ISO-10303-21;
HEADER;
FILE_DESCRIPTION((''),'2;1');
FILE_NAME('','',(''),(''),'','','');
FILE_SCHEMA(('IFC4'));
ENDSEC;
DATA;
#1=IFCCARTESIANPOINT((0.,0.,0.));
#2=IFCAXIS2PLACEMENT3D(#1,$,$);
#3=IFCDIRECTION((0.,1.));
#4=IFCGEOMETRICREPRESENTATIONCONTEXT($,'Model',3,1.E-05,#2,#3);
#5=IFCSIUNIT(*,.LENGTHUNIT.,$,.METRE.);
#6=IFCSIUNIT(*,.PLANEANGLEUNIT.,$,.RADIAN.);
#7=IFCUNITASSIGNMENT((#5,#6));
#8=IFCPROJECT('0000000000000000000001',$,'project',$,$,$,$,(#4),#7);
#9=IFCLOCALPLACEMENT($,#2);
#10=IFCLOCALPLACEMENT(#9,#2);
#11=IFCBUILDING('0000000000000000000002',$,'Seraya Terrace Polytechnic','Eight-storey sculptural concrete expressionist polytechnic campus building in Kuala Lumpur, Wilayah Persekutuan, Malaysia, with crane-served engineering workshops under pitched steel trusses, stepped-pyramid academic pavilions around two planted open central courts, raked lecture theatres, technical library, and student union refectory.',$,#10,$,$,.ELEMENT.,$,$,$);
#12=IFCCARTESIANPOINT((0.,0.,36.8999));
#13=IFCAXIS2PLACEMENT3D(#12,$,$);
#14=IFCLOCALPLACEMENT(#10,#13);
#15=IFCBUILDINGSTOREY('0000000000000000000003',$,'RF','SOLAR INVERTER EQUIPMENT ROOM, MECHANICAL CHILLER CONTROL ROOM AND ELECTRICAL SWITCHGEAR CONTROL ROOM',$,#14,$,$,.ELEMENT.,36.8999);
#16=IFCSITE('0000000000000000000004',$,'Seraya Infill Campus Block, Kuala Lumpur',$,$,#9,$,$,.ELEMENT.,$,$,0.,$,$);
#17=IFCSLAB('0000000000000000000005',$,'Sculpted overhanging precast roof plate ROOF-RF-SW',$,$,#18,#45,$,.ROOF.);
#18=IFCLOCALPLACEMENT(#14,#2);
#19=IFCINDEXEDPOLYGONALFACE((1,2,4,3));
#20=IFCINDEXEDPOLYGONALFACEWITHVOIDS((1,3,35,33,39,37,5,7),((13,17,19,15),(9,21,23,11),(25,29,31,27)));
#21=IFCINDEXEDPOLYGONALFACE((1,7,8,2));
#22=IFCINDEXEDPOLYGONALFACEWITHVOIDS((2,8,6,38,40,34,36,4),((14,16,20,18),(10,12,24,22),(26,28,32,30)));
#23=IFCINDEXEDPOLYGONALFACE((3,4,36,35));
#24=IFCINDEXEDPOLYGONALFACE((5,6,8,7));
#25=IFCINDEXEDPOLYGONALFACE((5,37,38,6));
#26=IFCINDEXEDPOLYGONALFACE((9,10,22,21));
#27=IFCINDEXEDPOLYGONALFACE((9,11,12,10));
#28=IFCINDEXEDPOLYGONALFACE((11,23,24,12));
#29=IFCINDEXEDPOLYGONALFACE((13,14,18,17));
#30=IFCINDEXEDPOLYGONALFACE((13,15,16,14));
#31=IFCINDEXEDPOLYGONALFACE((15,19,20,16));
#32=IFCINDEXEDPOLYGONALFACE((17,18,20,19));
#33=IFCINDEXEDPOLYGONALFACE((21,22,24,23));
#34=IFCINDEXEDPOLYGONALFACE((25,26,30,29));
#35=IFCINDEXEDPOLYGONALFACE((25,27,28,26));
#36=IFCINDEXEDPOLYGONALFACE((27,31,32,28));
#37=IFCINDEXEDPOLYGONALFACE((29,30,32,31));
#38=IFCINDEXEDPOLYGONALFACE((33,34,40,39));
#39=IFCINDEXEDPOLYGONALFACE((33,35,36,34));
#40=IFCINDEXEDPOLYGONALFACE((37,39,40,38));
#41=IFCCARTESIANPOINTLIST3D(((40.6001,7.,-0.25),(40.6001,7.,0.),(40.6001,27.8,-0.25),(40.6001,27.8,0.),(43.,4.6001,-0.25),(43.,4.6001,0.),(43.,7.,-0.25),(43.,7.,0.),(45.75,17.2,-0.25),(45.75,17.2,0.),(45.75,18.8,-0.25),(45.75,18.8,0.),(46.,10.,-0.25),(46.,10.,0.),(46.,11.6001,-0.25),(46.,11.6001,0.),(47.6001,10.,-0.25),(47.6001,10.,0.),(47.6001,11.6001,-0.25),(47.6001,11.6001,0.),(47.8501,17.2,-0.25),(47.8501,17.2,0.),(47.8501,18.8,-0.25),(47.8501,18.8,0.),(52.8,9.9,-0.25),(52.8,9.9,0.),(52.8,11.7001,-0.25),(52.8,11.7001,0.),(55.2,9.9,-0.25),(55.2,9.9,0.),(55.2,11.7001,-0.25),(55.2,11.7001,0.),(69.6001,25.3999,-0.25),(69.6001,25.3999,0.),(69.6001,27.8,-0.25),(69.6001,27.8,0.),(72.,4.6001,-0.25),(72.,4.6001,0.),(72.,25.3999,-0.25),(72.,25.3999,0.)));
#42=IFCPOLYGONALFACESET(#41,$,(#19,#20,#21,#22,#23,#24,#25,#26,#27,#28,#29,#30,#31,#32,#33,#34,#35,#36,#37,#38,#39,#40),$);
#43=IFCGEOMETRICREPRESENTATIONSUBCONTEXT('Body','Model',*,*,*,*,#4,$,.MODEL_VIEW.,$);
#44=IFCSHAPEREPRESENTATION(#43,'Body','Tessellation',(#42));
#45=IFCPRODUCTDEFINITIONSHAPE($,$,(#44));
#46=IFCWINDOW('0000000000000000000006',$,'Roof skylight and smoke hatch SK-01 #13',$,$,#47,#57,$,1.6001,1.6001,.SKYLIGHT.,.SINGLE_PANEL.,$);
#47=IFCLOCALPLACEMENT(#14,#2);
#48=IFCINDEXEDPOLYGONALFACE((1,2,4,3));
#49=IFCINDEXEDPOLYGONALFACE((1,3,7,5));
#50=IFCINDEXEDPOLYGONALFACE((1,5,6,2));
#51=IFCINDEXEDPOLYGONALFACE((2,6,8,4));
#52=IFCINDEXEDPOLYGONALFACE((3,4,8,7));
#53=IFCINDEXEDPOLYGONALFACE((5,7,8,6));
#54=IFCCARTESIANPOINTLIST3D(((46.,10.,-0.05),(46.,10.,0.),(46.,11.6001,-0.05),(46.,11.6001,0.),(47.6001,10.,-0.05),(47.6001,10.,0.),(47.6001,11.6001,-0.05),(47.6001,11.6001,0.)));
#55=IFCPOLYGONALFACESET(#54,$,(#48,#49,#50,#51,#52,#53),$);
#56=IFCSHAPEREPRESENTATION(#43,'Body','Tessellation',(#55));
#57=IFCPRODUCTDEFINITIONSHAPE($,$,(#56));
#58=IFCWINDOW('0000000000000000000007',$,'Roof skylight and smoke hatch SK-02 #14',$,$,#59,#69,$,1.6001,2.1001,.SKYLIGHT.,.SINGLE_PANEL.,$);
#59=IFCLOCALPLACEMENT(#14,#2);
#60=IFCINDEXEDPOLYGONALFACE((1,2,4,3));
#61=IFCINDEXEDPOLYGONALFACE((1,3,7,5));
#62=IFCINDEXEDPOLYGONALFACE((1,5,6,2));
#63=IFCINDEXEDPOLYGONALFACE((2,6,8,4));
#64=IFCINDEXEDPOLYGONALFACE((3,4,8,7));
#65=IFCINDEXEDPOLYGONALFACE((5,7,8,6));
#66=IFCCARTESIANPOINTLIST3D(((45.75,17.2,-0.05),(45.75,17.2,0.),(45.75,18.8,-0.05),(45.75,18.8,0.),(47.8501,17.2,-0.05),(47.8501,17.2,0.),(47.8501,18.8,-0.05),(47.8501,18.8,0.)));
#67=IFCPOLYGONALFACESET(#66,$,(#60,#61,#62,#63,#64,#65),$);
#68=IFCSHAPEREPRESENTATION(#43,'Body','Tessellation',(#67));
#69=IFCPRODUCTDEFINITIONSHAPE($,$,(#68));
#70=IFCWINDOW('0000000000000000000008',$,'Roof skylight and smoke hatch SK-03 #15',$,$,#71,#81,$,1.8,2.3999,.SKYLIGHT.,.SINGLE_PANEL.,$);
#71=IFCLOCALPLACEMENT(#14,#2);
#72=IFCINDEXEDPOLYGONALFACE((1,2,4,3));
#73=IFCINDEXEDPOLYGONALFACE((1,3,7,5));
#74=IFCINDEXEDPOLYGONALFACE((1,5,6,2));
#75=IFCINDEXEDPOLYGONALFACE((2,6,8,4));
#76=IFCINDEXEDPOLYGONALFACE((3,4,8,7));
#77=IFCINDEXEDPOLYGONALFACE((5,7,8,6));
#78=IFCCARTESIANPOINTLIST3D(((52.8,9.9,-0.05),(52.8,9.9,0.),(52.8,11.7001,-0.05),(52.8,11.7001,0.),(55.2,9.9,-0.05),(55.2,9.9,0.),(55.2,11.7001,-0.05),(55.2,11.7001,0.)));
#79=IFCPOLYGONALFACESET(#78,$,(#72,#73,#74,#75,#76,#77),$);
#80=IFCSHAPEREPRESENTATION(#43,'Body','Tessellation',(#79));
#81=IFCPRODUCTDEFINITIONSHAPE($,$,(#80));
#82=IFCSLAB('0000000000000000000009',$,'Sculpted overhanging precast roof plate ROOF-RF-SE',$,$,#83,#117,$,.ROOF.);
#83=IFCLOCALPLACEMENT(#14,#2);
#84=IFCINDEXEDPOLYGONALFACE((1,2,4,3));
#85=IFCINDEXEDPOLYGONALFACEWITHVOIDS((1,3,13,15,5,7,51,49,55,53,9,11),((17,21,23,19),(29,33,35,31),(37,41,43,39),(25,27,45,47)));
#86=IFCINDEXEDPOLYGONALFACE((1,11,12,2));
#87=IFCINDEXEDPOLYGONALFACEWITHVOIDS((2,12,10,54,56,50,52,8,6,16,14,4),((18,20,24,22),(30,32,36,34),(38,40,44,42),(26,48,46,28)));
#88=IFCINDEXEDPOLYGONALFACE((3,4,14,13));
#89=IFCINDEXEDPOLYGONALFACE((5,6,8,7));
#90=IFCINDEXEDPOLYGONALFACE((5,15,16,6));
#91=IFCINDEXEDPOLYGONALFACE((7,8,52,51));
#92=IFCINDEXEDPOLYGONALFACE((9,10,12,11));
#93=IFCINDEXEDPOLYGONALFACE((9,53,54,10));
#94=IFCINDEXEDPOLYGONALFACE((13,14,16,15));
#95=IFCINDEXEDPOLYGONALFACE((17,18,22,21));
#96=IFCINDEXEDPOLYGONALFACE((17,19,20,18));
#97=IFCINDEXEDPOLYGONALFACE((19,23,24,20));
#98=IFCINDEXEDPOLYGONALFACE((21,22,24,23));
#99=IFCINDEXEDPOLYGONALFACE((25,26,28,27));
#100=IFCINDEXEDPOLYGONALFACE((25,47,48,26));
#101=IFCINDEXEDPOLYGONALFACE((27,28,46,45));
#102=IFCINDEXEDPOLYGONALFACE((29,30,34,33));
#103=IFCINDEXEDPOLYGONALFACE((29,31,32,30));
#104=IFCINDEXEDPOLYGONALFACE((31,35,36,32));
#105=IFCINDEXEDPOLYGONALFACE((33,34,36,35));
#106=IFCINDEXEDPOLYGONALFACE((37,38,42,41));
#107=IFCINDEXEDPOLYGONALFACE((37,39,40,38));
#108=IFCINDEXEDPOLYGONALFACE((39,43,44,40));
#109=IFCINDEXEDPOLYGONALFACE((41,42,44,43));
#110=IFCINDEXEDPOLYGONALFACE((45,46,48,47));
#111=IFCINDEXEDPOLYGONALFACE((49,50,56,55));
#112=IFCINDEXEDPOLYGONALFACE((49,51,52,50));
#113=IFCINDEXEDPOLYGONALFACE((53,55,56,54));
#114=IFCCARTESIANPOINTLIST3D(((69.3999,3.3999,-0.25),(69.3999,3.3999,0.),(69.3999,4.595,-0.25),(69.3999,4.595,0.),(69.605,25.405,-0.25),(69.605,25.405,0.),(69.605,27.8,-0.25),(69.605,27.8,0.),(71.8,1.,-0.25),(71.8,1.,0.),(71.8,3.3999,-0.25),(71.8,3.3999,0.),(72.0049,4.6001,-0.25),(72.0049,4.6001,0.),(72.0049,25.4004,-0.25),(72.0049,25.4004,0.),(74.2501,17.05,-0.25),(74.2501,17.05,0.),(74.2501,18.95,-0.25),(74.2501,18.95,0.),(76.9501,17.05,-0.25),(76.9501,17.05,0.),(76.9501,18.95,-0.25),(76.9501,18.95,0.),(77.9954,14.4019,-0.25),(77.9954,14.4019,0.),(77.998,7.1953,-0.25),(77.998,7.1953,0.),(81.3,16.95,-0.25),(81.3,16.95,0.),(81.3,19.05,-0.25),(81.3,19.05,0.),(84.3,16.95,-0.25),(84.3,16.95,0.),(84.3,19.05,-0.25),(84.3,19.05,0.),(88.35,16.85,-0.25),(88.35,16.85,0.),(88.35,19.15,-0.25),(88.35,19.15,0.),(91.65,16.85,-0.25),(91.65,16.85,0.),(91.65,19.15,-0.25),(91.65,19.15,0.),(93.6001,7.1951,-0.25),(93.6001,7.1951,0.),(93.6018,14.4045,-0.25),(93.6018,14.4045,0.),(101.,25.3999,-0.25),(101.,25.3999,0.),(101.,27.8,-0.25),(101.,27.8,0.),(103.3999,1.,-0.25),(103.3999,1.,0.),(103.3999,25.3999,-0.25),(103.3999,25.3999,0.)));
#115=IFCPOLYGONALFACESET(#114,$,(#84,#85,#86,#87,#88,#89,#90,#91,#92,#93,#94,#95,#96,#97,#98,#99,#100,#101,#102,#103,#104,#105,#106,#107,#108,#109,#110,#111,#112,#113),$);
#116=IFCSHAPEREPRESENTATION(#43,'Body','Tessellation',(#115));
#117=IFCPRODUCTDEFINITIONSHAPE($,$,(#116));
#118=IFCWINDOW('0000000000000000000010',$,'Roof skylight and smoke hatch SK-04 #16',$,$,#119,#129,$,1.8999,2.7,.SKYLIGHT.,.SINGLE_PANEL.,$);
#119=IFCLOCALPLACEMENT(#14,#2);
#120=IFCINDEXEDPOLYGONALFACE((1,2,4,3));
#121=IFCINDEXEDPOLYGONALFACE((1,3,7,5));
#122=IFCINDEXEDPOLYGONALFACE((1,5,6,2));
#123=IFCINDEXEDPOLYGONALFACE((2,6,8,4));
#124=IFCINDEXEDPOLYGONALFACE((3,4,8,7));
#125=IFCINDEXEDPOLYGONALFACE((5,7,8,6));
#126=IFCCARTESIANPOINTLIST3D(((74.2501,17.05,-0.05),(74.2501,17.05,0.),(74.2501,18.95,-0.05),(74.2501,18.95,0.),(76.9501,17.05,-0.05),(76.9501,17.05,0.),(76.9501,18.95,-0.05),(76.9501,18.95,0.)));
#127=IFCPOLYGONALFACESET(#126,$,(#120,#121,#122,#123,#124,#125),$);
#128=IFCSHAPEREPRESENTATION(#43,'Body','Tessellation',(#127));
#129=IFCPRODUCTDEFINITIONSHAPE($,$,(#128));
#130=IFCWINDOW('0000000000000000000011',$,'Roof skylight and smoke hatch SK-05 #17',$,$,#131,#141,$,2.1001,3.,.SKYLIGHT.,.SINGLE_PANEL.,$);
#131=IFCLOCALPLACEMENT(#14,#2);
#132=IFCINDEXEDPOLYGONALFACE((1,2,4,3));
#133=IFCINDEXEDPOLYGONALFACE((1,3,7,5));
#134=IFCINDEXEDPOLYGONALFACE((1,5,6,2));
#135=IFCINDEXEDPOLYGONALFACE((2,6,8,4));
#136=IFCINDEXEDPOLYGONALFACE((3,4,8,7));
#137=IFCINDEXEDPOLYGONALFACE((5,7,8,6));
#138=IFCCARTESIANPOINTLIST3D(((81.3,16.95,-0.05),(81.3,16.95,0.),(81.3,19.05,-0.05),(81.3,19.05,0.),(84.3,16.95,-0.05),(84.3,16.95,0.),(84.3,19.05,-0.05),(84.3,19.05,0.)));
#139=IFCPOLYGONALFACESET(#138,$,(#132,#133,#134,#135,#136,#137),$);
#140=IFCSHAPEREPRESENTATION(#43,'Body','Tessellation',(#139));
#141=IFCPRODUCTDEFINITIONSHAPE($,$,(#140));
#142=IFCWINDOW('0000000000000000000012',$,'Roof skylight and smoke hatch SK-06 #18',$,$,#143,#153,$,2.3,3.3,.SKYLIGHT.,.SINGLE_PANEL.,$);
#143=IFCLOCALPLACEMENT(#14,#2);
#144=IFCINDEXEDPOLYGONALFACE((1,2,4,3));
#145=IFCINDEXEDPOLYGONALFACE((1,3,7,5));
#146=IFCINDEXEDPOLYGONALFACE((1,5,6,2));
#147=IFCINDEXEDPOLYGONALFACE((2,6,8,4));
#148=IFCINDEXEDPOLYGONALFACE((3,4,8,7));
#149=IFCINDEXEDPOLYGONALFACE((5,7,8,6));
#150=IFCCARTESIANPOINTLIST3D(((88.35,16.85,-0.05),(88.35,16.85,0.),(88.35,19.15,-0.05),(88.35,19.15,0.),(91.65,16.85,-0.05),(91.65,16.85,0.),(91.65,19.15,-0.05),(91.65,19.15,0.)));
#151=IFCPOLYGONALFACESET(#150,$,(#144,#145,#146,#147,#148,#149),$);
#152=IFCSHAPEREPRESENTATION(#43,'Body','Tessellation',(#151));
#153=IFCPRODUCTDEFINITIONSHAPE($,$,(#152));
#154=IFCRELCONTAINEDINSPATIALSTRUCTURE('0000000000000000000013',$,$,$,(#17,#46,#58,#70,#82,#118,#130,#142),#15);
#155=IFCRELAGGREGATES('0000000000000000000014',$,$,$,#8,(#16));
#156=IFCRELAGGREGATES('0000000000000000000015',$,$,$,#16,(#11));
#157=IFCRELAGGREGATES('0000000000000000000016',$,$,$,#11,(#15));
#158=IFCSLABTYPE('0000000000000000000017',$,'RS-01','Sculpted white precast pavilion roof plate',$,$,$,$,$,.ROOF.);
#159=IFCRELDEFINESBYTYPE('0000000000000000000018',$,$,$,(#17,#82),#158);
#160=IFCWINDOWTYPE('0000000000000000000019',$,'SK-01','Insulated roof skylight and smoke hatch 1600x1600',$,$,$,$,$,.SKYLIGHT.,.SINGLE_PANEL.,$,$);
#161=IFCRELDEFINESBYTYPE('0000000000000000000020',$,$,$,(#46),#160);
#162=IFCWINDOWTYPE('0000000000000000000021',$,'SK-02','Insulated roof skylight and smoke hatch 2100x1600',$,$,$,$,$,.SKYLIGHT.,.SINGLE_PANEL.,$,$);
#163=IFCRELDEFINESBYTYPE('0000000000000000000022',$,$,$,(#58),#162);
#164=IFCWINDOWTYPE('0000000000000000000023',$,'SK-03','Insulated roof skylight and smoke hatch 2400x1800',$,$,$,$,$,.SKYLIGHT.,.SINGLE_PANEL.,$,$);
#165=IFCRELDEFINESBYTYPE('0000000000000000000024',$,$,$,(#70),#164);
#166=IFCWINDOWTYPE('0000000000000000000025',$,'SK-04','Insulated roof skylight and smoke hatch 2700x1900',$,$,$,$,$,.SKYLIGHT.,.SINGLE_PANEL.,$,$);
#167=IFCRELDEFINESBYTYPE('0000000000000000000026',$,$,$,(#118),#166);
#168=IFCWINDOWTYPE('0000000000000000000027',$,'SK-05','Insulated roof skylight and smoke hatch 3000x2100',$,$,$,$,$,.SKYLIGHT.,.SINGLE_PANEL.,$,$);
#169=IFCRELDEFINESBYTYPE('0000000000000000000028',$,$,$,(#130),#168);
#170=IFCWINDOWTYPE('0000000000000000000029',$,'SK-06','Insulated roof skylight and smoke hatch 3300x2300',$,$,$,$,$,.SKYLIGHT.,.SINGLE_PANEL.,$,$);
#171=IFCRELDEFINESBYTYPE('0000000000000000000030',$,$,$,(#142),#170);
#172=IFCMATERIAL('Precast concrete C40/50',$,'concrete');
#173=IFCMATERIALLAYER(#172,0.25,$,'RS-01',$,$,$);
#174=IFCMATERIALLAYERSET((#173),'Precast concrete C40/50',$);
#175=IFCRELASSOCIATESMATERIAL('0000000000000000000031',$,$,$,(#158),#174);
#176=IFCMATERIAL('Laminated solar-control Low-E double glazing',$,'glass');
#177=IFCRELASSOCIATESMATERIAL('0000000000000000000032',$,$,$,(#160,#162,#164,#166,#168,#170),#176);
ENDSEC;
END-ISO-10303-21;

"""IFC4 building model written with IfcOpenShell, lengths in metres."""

from ifc_helpers import new_model, si_unit, direction, frame, origin, origin_2d, place, context, subcontext, project, spatial, polyline, rectangle, outline, extrude, material, layer, layer_set, type_object, element, fill, save


model = new_model("IFC4")

# Units and contexts
model_context = context("Model", 3, precision=1e-05, world=origin(), true_north=direction((0.0, 1.0)))
body_context = subcontext(model_context, "Body", "Model", "MODEL_VIEW")
ifc_project = project(units=[si_unit("LENGTHUNIT", "METRE"), si_unit("PLANEANGLEUNIT", "RADIAN")], contexts=[model_context])

# Site, building, storey
site_placement = place(None, origin())
site = spatial("IfcSite", under=ifc_project, at=site_placement, Name="Seraya Infill Campus Block, Kuala Lumpur", CompositionType="ELEMENT", RefElevation=0.0)
building_placement = place(site_placement, origin())
building = spatial("IfcBuilding", under=site, at=building_placement, Name="Seraya Terrace Polytechnic", Description="Eight-storey sculptural concrete expressionist polytechnic campus building in Kuala Lumpur, Wilayah Persekutuan, Malaysia, with crane-served engineering workshops under pitched steel trusses, stepped-pyramid academic pavilions around two planted open central courts, raked lecture theatres, technical library, and student union refectory.", CompositionType="ELEMENT")
storey_placement = place(building_placement, frame((0.0, 0.0, 36.8999)))
storey = spatial("IfcBuildingStorey", under=building, at=storey_placement, Name="RF", Description="SOLAR INVERTER EQUIPMENT ROOM, MECHANICAL CHILLER CONTROL ROOM AND ELECTRICAL SWITCHGEAR CONTROL ROOM", CompositionType="ELEMENT", Elevation=36.8999)

# Slabs, openings, windows
ifc_material_1 = material(Name="Precast concrete C40/50", Category="concrete")
ifc_layer_1 = layer(ifc_material_1, 0.25, Name="RS-01")
ifc_layer_set_1 = layer_set([ifc_layer_1], Name="Precast concrete C40/50")
slab_type_1 = type_object("IfcSlabType", Name="RS-01", Description="Sculpted white precast pavilion roof plate", PredefinedType="ROOF", material=ifc_layer_set_1)
slab_1_placement = place(storey_placement, frame((0.0, 0.0, -0.25)))
slab_1 = element("IfcSlab", 1, at=slab_1_placement, inside=storey, type_object=slab_type_1, Name="Sculpted overhanging precast roof plate ROOF-RF-SW", PredefinedType="ROOF", context=body_context, shape_type="SweptSolid", body=[
    extrude(outline(polyline([(43.0, 7.0), (40.6001, 7.0), (40.6001, 27.8), (69.6001, 27.8), (69.6001, 25.3999), (72.0, 25.3999), (72.0, 4.6001), (43.0, 4.6001), (43.0, 7.0)])), origin(), (0.0, 0.0, 1.0), 0.25),
])
opening_1_placement = place(slab_1_placement, frame((46.8, 10.8, -0.012)))
opening_1 = element("IfcOpeningElement", 2, at=opening_1_placement, cuts=slab_1, PredefinedType="OPENING", context=body_context, shape_type="SweptSolid", body=[
    extrude(rectangle(XDim=1.6001, YDim=1.6001, at=origin_2d()), origin(), (0.0, 0.0, 1.0), 0.2739),
])
opening_2_placement = place(slab_1_placement, frame((46.8, 18.0, -0.012)))
opening_2 = element("IfcOpeningElement", 3, at=opening_2_placement, cuts=slab_1, PredefinedType="OPENING", context=body_context, shape_type="SweptSolid", body=[
    extrude(rectangle(XDim=2.1001, YDim=1.6001, at=origin_2d()), origin(), (0.0, 0.0, 1.0), 0.2739),
])
opening_3_placement = place(slab_1_placement, frame((54.0, 10.8, -0.012)))
opening_3 = element("IfcOpeningElement", 4, at=opening_3_placement, cuts=slab_1, PredefinedType="OPENING", context=body_context, shape_type="SweptSolid", body=[
    extrude(rectangle(XDim=2.3999, YDim=1.8, at=origin_2d()), origin(), (0.0, 0.0, 1.0), 0.2739),
])
ifc_material_2 = material(Name="Laminated solar-control Low-E double glazing", Category="glass")
window_type_1 = type_object("IfcWindowType", Name="SK-01", Description="Insulated roof skylight and smoke hatch 1600x1600", PartitioningType="SINGLE_PANEL", PredefinedType="SKYLIGHT", material=ifc_material_2)
window_1_placement = place(slab_1_placement, frame((46.8, 10.8, 0.2)))
window_1 = element("IfcWindow", 5, at=window_1_placement, inside=storey, type_object=window_type_1, Name="Roof skylight and smoke hatch SK-01 #13", OverallHeight=1.6001, OverallWidth=1.6001, PartitioningType="SINGLE_PANEL", PredefinedType="SKYLIGHT", context=body_context, shape_type="SweptSolid", body=[
    extrude(rectangle(XDim=1.6001, YDim=1.6001, at=origin_2d()), origin(), (0.0, 0.0, 1.0), 0.05),
])
fill(opening_1, window_1)
window_type_2 = type_object("IfcWindowType", Name="SK-02", Description="Insulated roof skylight and smoke hatch 2100x1600", PartitioningType="SINGLE_PANEL", PredefinedType="SKYLIGHT", material=ifc_material_2)
window_2_placement = place(slab_1_placement, frame((46.8, 18.0, 0.2)))
window_2 = element("IfcWindow", 6, at=window_2_placement, inside=storey, type_object=window_type_2, Name="Roof skylight and smoke hatch SK-02 #14", OverallHeight=1.6001, OverallWidth=2.1001, PartitioningType="SINGLE_PANEL", PredefinedType="SKYLIGHT", context=body_context, shape_type="SweptSolid", body=[
    extrude(rectangle(XDim=2.1001, YDim=1.6001, at=origin_2d()), origin(), (0.0, 0.0, 1.0), 0.05),
])
fill(opening_2, window_2)
window_type_3 = type_object("IfcWindowType", Name="SK-03", Description="Insulated roof skylight and smoke hatch 2400x1800", PartitioningType="SINGLE_PANEL", PredefinedType="SKYLIGHT", material=ifc_material_2)
window_3_placement = place(slab_1_placement, frame((54.0, 10.8, 0.2)))
window_3 = element("IfcWindow", 7, at=window_3_placement, inside=storey, type_object=window_type_3, Name="Roof skylight and smoke hatch SK-03 #15", OverallHeight=1.8, OverallWidth=2.3999, PartitioningType="SINGLE_PANEL", PredefinedType="SKYLIGHT", context=body_context, shape_type="SweptSolid", body=[
    extrude(rectangle(XDim=2.3999, YDim=1.8, at=origin_2d()), origin(), (0.0, 0.0, 1.0), 0.05),
])
fill(opening_3, window_3)
slab_2_placement = place(storey_placement, frame((0.0, 0.0, -0.25)))
slab_2 = element("IfcSlab", 8, at=slab_2_placement, inside=storey, type_object=slab_type_1, Name="Sculpted overhanging precast roof plate ROOF-RF-SE", PredefinedType="ROOF", context=body_context, shape_type="SweptSolid", body=[
    extrude(outline(polyline([(101.0, 27.8), (101.0, 25.3999), (103.3999, 25.3999), (103.3999, 1.0), (71.8, 1.0), (71.8, 3.3999), (69.3999, 3.3999), (69.3999, 4.595), (72.0049, 4.6001), (72.0049, 25.4004), (69.605, 25.405), (69.605, 27.8), (101.0, 27.8)]), holes=[polyline([(93.6001, 7.1951), (93.6018, 14.4045), (77.9954, 14.4019), (77.998, 7.1953), (93.6001, 7.1951)])]), origin(), (0.0, 0.0, 1.0), 0.25),
])
opening_4_placement = place(slab_2_placement, frame((75.6001, 18.0, -0.012)))
opening_4 = element("IfcOpeningElement", 9, at=opening_4_placement, cuts=slab_2, PredefinedType="OPENING", context=body_context, shape_type="SweptSolid", body=[
    extrude(rectangle(XDim=2.7, YDim=1.8999, at=origin_2d()), origin(), (0.0, 0.0, 1.0), 0.2739),
])
opening_5_placement = place(slab_2_placement, frame((82.8, 18.0, -0.012)))
opening_5 = element("IfcOpeningElement", 10, at=opening_5_placement, cuts=slab_2, PredefinedType="OPENING", context=body_context, shape_type="SweptSolid", body=[
    extrude(rectangle(XDim=3.0, YDim=2.1001, at=origin_2d()), origin(), (0.0, 0.0, 1.0), 0.2739),
])
opening_6_placement = place(slab_2_placement, frame((90.0, 18.0, -0.012)))
opening_6 = element("IfcOpeningElement", 11, at=opening_6_placement, cuts=slab_2, PredefinedType="OPENING", context=body_context, shape_type="SweptSolid", body=[
    extrude(rectangle(XDim=3.3, YDim=2.3, at=origin_2d()), origin(), (0.0, 0.0, 1.0), 0.2739),
])
window_type_4 = type_object("IfcWindowType", Name="SK-04", Description="Insulated roof skylight and smoke hatch 2700x1900", PartitioningType="SINGLE_PANEL", PredefinedType="SKYLIGHT", material=ifc_material_2)
window_4_placement = place(slab_2_placement, frame((75.6001, 18.0, 0.2)))
window_4 = element("IfcWindow", 12, at=window_4_placement, inside=storey, type_object=window_type_4, Name="Roof skylight and smoke hatch SK-04 #16", OverallHeight=1.8999, OverallWidth=2.7, PartitioningType="SINGLE_PANEL", PredefinedType="SKYLIGHT", context=body_context, shape_type="SweptSolid", body=[
    extrude(rectangle(XDim=2.7, YDim=1.8999, at=origin_2d()), origin(), (0.0, 0.0, 1.0), 0.05),
])
fill(opening_4, window_4)
window_type_5 = type_object("IfcWindowType", Name="SK-05", Description="Insulated roof skylight and smoke hatch 3000x2100", PartitioningType="SINGLE_PANEL", PredefinedType="SKYLIGHT", material=ifc_material_2)
window_5_placement = place(slab_2_placement, frame((82.8, 18.0, 0.2)))
window_5 = element("IfcWindow", 13, at=window_5_placement, inside=storey, type_object=window_type_5, Name="Roof skylight and smoke hatch SK-05 #17", OverallHeight=2.1001, OverallWidth=3.0, PartitioningType="SINGLE_PANEL", PredefinedType="SKYLIGHT", context=body_context, shape_type="SweptSolid", body=[
    extrude(rectangle(XDim=3.0, YDim=2.1001, at=origin_2d()), origin(), (0.0, 0.0, 1.0), 0.05),
])
fill(opening_5, window_5)
window_type_6 = type_object("IfcWindowType", Name="SK-06", Description="Insulated roof skylight and smoke hatch 3300x2300", PartitioningType="SINGLE_PANEL", PredefinedType="SKYLIGHT", material=ifc_material_2)
window_6_placement = place(slab_2_placement, frame((90.0, 18.0, 0.2)))
window_6 = element("IfcWindow", 14, at=window_6_placement, inside=storey, type_object=window_type_6, Name="Roof skylight and smoke hatch SK-06 #18", OverallHeight=2.3, OverallWidth=3.3, PartitioningType="SINGLE_PANEL", PredefinedType="SKYLIGHT", context=body_context, shape_type="SweptSolid", body=[
    extrude(rectangle(XDim=3.3, YDim=2.3, at=origin_2d()), origin(), (0.0, 0.0, 1.0), 0.05),
])
fill(opening_6, window_6)

save(model, "model.ifc")
